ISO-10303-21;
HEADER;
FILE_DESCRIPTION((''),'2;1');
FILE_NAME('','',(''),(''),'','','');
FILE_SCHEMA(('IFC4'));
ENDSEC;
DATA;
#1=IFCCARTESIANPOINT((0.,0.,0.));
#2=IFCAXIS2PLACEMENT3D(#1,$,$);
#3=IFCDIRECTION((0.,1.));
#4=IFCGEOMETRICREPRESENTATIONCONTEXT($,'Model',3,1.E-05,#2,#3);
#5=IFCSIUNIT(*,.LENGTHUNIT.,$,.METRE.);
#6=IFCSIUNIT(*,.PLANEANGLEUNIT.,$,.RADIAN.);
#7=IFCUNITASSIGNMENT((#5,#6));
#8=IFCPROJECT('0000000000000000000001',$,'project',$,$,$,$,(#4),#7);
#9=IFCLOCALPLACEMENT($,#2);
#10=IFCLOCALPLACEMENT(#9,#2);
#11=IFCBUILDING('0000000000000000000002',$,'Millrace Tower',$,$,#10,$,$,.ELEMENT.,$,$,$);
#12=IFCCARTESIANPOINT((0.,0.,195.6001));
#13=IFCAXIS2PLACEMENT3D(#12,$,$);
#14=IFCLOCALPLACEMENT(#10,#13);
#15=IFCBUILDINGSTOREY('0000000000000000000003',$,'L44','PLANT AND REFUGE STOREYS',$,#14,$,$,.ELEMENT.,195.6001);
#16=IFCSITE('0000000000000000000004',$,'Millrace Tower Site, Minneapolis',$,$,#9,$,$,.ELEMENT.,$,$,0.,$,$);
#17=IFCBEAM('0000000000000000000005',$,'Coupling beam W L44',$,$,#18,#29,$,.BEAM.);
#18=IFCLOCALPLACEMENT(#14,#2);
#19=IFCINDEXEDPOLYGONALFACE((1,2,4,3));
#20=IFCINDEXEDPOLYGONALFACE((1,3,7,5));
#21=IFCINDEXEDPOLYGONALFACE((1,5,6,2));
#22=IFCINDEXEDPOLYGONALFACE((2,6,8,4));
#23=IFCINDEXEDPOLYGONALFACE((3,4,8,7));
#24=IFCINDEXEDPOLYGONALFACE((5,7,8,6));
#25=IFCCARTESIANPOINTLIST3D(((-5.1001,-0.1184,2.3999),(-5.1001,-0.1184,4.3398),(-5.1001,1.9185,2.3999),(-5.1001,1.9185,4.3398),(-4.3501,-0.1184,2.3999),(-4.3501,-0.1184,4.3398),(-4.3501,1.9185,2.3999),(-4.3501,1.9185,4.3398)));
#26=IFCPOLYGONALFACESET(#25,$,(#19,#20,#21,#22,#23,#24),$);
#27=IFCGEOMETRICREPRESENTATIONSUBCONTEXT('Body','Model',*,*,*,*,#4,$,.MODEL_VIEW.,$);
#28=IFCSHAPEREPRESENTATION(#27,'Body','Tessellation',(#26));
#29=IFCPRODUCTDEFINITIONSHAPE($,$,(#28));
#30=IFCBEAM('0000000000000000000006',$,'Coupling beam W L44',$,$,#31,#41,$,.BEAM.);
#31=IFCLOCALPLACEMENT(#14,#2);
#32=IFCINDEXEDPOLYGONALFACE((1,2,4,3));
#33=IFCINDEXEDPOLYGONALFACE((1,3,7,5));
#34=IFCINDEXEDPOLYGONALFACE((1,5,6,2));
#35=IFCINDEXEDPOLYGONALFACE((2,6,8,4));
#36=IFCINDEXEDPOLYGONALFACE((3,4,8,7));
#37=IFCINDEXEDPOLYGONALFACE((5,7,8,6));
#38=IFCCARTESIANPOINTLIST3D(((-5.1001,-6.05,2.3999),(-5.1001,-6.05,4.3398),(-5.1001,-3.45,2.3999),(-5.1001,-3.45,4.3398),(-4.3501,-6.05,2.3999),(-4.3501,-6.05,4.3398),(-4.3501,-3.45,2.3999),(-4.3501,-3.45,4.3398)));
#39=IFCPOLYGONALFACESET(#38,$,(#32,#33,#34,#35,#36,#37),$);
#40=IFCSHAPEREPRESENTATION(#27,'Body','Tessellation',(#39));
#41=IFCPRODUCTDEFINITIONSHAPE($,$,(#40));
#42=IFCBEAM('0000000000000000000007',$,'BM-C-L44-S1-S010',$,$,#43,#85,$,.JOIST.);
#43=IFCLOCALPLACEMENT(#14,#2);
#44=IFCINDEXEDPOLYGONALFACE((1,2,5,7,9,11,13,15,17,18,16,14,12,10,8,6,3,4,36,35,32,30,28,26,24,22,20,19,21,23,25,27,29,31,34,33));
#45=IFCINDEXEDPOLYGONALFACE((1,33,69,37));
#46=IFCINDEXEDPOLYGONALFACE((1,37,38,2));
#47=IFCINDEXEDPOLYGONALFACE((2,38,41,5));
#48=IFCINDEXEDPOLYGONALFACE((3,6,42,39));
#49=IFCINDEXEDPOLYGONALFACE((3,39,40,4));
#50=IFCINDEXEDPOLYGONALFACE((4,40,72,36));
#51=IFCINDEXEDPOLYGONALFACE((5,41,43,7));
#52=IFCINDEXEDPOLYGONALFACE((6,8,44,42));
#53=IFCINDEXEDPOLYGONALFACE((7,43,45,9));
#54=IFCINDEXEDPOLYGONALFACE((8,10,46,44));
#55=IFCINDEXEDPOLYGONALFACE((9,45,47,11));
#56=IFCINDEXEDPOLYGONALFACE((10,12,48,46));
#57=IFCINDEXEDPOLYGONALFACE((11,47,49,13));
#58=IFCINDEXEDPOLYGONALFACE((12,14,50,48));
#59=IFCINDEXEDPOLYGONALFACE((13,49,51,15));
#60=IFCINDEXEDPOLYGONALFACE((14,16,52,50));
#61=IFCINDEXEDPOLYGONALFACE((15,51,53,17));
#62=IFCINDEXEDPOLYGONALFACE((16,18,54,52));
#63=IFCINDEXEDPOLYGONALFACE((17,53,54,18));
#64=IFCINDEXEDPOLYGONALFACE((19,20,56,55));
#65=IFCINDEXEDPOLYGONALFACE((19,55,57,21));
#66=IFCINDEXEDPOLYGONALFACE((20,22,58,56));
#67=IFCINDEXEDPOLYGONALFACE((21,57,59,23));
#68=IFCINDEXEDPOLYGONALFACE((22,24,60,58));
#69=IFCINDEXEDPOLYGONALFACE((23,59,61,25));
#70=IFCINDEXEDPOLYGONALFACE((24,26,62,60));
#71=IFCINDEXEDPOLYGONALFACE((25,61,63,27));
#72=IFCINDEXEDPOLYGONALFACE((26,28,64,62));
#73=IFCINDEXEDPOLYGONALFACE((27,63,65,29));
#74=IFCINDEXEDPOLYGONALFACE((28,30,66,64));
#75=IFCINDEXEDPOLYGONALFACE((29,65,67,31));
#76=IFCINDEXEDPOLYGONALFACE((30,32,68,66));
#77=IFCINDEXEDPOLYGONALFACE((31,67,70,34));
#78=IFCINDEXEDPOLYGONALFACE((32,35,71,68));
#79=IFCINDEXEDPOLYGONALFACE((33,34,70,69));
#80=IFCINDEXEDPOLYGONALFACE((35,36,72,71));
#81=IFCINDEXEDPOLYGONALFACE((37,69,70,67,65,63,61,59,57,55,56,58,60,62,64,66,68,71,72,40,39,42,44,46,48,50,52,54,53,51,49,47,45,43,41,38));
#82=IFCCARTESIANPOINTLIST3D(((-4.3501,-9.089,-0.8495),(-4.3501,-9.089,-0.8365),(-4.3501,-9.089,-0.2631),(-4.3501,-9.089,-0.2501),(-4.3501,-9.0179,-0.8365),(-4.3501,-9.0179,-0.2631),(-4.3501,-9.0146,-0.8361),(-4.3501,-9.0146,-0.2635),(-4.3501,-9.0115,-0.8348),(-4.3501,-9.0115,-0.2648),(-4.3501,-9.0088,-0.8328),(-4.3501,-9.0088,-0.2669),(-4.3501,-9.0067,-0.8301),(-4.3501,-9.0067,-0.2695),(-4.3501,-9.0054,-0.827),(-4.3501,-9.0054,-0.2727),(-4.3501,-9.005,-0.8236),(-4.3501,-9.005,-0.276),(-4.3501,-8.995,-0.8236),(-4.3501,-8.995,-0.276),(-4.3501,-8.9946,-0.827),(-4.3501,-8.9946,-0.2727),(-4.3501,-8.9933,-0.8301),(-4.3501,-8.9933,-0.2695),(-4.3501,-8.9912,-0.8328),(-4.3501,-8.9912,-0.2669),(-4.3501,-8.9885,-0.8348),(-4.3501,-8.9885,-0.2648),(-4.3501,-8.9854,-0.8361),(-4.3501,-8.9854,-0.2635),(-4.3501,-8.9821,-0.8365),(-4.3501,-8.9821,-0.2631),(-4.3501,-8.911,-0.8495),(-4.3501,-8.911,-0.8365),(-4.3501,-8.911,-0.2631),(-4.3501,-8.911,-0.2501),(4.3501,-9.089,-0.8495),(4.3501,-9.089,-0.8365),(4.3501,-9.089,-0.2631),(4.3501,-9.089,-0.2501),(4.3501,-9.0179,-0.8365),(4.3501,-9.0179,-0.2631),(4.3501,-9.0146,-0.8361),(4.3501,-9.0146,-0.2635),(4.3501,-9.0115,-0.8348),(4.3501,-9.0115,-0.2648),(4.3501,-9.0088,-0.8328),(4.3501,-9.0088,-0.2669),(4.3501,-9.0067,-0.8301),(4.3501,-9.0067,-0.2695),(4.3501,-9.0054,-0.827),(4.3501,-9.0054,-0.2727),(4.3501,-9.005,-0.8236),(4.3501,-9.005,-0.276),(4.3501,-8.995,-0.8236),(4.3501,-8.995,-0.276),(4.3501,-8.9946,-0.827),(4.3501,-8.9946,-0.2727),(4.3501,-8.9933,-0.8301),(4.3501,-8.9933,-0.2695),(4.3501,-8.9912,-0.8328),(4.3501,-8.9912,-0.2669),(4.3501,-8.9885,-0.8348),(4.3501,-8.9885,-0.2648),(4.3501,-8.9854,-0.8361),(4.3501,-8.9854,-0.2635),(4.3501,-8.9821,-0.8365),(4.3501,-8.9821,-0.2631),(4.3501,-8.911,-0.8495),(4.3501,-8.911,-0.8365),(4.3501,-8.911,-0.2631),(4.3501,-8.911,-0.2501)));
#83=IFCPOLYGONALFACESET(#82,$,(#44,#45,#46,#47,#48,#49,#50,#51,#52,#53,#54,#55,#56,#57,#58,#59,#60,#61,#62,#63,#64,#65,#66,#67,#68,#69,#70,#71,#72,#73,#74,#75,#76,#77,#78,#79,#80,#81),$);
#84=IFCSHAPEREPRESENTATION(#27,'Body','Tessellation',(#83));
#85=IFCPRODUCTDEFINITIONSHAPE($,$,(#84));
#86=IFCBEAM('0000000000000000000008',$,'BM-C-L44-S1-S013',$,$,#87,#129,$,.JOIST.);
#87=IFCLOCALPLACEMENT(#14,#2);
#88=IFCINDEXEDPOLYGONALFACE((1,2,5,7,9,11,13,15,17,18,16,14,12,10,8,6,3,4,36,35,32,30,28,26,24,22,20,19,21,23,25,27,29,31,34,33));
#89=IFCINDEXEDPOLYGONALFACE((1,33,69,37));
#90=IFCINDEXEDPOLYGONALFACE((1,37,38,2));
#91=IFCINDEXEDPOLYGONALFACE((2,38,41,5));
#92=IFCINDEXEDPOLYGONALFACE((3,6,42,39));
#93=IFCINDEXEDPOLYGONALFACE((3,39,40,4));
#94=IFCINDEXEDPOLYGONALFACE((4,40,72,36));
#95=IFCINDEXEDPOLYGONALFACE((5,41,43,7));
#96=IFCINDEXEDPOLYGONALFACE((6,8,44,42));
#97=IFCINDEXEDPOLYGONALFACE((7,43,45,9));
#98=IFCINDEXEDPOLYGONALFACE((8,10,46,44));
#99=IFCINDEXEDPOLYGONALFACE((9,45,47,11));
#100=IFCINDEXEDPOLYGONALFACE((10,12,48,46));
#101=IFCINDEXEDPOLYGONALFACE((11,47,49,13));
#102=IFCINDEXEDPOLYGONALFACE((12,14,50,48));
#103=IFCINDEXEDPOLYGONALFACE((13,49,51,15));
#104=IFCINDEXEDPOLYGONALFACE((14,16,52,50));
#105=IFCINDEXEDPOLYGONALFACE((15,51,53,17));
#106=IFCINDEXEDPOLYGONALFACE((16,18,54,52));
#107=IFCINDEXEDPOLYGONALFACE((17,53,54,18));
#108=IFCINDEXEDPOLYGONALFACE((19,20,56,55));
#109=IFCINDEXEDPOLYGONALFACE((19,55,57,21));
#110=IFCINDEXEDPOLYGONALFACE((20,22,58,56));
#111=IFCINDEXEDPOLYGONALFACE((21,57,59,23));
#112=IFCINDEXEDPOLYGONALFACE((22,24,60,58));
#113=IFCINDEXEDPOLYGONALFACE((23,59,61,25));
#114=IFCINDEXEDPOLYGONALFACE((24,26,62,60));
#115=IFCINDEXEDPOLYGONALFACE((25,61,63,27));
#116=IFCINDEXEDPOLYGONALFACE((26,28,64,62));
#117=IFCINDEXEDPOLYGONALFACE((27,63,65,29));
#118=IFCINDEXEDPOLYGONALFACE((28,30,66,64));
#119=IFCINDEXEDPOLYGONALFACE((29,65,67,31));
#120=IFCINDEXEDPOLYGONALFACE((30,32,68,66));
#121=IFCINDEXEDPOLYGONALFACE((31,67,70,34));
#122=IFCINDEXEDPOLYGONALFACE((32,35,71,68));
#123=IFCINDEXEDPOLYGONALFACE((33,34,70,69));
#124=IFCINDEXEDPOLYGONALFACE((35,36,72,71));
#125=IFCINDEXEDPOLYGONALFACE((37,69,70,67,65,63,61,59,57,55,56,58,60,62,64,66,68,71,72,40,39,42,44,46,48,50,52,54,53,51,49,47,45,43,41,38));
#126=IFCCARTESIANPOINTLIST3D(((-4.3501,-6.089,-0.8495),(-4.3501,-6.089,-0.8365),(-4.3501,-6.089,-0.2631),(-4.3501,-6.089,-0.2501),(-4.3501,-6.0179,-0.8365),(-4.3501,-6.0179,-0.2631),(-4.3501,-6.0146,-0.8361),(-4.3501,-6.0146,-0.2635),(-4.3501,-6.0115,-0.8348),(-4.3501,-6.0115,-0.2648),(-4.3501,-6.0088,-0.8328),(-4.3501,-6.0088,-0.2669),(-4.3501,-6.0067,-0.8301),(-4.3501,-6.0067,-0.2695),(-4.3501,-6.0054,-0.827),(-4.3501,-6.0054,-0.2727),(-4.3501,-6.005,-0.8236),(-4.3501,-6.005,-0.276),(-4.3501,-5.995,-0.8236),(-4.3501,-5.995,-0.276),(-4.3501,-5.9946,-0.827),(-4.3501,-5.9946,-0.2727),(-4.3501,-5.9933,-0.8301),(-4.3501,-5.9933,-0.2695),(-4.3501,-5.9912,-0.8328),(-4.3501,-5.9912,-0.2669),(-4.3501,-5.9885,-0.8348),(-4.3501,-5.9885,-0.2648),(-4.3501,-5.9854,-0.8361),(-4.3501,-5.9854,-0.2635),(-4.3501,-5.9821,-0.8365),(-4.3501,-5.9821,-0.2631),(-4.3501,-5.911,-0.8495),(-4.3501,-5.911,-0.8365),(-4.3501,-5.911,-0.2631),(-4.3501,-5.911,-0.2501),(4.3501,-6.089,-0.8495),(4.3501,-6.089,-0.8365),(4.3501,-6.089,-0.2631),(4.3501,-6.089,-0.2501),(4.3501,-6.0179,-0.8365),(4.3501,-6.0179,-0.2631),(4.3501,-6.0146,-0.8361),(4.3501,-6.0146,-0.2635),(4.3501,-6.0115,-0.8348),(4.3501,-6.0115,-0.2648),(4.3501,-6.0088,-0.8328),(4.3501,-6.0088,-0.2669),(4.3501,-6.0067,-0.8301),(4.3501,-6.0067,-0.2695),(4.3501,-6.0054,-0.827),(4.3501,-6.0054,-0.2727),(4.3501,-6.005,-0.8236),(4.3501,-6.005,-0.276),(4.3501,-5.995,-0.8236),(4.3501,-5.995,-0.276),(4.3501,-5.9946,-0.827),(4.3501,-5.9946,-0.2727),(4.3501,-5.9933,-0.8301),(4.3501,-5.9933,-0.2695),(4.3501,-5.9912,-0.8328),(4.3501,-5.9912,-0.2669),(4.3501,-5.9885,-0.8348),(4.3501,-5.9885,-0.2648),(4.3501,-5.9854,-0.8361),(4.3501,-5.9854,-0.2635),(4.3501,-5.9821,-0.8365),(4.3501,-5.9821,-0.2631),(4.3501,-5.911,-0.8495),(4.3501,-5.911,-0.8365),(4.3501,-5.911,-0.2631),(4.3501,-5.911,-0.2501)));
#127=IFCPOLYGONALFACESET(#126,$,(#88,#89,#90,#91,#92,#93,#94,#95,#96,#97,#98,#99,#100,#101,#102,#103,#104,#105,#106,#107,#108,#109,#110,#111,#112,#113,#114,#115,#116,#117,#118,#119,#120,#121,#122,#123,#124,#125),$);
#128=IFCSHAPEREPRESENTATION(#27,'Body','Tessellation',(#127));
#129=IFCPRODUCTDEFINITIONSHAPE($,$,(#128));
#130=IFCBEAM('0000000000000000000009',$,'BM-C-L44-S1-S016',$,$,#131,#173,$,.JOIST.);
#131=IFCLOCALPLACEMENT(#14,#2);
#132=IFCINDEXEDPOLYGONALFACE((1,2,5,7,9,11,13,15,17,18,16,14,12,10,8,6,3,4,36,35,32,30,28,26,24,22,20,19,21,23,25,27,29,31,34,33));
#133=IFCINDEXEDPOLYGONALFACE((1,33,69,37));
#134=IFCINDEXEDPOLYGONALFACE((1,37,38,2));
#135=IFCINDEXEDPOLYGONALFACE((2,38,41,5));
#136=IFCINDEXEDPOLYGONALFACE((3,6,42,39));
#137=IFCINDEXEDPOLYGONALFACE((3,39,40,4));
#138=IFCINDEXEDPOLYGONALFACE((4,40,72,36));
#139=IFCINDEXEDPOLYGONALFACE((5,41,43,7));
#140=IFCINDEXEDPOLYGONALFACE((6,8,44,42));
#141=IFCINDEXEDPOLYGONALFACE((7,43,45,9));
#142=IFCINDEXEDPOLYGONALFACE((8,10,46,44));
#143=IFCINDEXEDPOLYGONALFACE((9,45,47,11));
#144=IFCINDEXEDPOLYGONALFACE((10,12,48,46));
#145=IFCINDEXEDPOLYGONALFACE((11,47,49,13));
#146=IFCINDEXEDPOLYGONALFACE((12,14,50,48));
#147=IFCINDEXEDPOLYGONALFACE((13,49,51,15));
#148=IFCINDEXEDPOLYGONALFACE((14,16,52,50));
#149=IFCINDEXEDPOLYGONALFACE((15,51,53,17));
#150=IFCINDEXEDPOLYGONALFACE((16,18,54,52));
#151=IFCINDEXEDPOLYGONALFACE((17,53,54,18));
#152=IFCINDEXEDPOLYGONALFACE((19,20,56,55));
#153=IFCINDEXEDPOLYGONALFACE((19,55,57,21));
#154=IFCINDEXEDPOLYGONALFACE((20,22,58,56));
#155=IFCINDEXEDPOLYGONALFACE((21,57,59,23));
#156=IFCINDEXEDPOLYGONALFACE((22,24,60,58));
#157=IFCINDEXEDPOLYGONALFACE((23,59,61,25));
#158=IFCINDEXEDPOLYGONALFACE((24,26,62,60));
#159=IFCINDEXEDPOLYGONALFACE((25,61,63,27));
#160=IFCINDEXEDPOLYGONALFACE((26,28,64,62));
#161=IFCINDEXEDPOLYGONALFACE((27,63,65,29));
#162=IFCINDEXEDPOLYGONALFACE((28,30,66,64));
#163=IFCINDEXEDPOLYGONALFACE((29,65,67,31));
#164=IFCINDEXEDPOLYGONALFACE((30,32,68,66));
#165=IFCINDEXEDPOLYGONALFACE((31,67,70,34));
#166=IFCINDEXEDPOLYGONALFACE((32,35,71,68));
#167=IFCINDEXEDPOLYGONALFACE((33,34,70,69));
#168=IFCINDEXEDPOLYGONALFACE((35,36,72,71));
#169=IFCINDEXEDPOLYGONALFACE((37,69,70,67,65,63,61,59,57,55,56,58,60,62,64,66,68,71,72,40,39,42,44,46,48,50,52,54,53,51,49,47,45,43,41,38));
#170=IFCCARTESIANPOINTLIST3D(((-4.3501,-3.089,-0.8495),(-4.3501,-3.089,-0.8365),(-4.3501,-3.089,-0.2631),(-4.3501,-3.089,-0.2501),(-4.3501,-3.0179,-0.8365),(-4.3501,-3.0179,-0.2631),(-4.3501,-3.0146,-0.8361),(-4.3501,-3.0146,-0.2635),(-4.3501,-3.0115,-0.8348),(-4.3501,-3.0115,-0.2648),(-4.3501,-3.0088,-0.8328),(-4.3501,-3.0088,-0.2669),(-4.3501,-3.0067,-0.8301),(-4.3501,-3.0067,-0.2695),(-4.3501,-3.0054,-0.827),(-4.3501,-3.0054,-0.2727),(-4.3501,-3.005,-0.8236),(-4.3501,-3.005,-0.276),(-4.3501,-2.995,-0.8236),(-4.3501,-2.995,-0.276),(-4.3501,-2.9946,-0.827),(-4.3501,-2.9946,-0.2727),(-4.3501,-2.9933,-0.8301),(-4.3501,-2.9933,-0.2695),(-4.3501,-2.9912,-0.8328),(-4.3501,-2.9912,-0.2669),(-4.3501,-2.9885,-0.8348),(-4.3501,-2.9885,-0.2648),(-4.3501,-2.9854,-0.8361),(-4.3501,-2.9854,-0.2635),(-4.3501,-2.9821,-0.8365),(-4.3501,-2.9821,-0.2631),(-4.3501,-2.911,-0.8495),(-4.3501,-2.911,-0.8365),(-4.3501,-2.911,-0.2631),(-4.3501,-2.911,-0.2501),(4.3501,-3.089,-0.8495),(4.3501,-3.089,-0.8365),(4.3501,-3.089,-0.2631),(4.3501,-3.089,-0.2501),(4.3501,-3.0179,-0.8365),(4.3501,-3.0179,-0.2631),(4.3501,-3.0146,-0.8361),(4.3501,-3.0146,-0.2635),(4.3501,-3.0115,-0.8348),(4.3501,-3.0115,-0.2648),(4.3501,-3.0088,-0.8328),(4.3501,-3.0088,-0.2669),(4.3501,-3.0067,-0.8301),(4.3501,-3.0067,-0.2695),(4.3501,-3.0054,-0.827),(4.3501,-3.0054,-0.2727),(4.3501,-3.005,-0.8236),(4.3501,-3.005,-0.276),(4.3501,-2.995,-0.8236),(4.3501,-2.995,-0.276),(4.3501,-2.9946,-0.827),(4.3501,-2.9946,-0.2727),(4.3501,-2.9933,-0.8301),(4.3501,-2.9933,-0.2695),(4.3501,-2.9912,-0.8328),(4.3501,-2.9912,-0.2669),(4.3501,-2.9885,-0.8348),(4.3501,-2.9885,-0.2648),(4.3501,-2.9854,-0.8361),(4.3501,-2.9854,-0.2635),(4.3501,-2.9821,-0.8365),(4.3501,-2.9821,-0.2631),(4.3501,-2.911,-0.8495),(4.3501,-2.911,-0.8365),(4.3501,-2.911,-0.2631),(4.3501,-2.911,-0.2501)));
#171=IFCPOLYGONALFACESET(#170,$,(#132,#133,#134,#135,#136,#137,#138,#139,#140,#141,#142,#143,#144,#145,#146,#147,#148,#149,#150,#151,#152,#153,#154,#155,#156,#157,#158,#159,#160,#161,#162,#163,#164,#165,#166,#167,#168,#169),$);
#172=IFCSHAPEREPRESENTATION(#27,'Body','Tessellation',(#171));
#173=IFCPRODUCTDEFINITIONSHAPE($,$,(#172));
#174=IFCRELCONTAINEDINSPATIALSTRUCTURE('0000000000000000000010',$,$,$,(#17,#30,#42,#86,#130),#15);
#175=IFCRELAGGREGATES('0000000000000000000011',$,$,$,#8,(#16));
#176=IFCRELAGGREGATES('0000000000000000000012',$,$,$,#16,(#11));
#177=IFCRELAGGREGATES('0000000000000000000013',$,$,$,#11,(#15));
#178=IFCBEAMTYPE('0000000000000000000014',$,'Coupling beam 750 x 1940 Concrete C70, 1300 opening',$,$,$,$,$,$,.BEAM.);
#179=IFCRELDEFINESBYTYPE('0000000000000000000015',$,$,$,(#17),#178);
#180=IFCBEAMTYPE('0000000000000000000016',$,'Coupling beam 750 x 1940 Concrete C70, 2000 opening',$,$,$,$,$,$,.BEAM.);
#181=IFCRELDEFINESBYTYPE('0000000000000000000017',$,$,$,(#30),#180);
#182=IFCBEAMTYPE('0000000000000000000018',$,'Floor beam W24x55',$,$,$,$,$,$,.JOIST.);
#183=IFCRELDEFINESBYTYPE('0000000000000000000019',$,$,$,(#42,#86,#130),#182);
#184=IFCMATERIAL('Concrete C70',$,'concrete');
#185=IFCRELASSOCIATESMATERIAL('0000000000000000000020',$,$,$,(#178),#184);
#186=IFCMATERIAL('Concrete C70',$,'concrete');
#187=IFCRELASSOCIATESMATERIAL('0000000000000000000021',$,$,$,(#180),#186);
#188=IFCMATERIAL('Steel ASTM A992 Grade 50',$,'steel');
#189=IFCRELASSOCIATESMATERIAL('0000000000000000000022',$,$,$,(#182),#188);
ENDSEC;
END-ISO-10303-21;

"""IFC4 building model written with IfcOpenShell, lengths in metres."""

from ifc_helpers import new_model, si_unit, direction, frame, origin, origin_2d, place, context, subcontext, project, spatial, rectangle, i_section, extrude, material, material_profile, profile_set, type_object, element, save


model = new_model("IFC4")

# Units and contexts
model_context = context("Model", 3, precision=1e-05, world=origin(), true_north=direction((0.0, 1.0)))
body_context = subcontext(model_context, "Body", "Model", "MODEL_VIEW")
ifc_project = project(units=[si_unit("LENGTHUNIT", "METRE"), si_unit("PLANEANGLEUNIT", "RADIAN")], contexts=[model_context])

# Site, building, storey
site_placement = place(None, origin())
site = spatial("IfcSite", under=ifc_project, at=site_placement, Name="Millrace Tower Site, Minneapolis", CompositionType="ELEMENT", RefElevation=0.0)
building_placement = place(site_placement, origin())
building = spatial("IfcBuilding", under=site, at=building_placement, Name="Millrace Tower", CompositionType="ELEMENT")
storey_placement = place(building_placement, frame((0.0, 0.0, 195.6001)))
storey = spatial("IfcBuildingStorey", under=building, at=storey_placement, Name="L44", Description="PLANT AND REFUGE STOREYS", CompositionType="ELEMENT", Elevation=195.6001)

# Beams
ifc_material_1 = material(Name="Concrete C70", Category="concrete")
ifc_material_profile_1 = material_profile(ifc_material_1, rectangle(XDim=0.75, YDim=1.9399, at=origin_2d()))
ifc_profile_set_1 = profile_set([ifc_material_profile_1], Name="Concrete C70")
beam_type_1 = type_object("IfcBeamType", Name="Coupling beam 750 x 1940 Concrete C70, 1300 opening", PredefinedType="BEAM", material=ifc_profile_set_1)
beam_1_placement = place(storey_placement, frame((-4.7251, -0.1184, 3.3699), z_axis=(0.0, 1.0, 0.0), x_axis=(-1.0, 0.0, 0.0)))
element("IfcBeam", 1, at=beam_1_placement, inside=storey, type_object=beam_type_1, Name="Coupling beam W L44", PredefinedType="BEAM", context=body_context, shape_type="SweptSolid", body=[
    extrude(rectangle(XDim=0.75, YDim=1.9399, at=origin_2d()), origin(), (0.0, 0.0, 1.0), 2.0369),
])
ifc_material_2 = material(Name="Concrete C70", Category="concrete")
ifc_material_profile_2 = material_profile(ifc_material_2, rectangle(XDim=0.75, YDim=1.9399, at=origin_2d()))
ifc_profile_set_2 = profile_set([ifc_material_profile_2], Name="Concrete C70")
beam_type_2 = type_object("IfcBeamType", Name="Coupling beam 750 x 1940 Concrete C70, 2000 opening", PredefinedType="BEAM", material=ifc_profile_set_2)
beam_2_placement = place(storey_placement, frame((-4.7251, -6.05, 3.3699), z_axis=(0.0, 1.0, 0.0), x_axis=(-1.0, 0.0, 0.0)))
element("IfcBeam", 2, at=beam_2_placement, inside=storey, type_object=beam_type_2, Name="Coupling beam W L44", PredefinedType="BEAM", context=body_context, shape_type="SweptSolid", body=[
    extrude(rectangle(XDim=0.75, YDim=1.9399, at=origin_2d()), origin(), (0.0, 0.0, 1.0), 2.6001),
])
ifc_material_3 = material(Name="Steel ASTM A992 Grade 50", Category="steel")
ifc_material_profile_3 = material_profile(ifc_material_3, i_section(OverallWidth=0.178, OverallDepth=0.5994, WebThickness=0.01, FlangeThickness=0.0129, FilletRadius=0.0129, at=origin_2d()))
ifc_profile_set_3 = profile_set([ifc_material_profile_3], Name="Steel ASTM A992 Grade 50")
beam_type_3 = type_object("IfcBeamType", Name="Floor beam W24x55", PredefinedType="JOIST", material=ifc_profile_set_3)
for number, where, z_axis, x_axis, name in (
    (3, (-4.3501, -9.0, -0.5498), (1.0, 0.0, 0.0), (0.0, 1.0, 0.0), "BM-C-L44-S1-S010"),
    (4, (-4.3501, -6.0, -0.5498), (1.0, 0.0, 0.0), (0.0, 1.0, 0.0), "BM-C-L44-S1-S013"),
    (5, (-4.3501, -3.0, -0.5498), (1.0, 0.0, 0.0), (0.0, 1.0, 0.0), "BM-C-L44-S1-S016"),
):
    element("IfcBeam", number, at=place(storey_placement, frame(where, z_axis=z_axis, x_axis=x_axis)), inside=storey, type_object=beam_type_3, Name=name, PredefinedType="JOIST", context=body_context, shape_type="SweptSolid", body=[
        extrude(i_section(OverallWidth=0.178, OverallDepth=0.5994, WebThickness=0.01, FlangeThickness=0.0129, FilletRadius=0.0129, at=origin_2d()), origin(), (0.0, 0.0, 1.0), 8.7002),
    ])

save(model, "model.ifc")
